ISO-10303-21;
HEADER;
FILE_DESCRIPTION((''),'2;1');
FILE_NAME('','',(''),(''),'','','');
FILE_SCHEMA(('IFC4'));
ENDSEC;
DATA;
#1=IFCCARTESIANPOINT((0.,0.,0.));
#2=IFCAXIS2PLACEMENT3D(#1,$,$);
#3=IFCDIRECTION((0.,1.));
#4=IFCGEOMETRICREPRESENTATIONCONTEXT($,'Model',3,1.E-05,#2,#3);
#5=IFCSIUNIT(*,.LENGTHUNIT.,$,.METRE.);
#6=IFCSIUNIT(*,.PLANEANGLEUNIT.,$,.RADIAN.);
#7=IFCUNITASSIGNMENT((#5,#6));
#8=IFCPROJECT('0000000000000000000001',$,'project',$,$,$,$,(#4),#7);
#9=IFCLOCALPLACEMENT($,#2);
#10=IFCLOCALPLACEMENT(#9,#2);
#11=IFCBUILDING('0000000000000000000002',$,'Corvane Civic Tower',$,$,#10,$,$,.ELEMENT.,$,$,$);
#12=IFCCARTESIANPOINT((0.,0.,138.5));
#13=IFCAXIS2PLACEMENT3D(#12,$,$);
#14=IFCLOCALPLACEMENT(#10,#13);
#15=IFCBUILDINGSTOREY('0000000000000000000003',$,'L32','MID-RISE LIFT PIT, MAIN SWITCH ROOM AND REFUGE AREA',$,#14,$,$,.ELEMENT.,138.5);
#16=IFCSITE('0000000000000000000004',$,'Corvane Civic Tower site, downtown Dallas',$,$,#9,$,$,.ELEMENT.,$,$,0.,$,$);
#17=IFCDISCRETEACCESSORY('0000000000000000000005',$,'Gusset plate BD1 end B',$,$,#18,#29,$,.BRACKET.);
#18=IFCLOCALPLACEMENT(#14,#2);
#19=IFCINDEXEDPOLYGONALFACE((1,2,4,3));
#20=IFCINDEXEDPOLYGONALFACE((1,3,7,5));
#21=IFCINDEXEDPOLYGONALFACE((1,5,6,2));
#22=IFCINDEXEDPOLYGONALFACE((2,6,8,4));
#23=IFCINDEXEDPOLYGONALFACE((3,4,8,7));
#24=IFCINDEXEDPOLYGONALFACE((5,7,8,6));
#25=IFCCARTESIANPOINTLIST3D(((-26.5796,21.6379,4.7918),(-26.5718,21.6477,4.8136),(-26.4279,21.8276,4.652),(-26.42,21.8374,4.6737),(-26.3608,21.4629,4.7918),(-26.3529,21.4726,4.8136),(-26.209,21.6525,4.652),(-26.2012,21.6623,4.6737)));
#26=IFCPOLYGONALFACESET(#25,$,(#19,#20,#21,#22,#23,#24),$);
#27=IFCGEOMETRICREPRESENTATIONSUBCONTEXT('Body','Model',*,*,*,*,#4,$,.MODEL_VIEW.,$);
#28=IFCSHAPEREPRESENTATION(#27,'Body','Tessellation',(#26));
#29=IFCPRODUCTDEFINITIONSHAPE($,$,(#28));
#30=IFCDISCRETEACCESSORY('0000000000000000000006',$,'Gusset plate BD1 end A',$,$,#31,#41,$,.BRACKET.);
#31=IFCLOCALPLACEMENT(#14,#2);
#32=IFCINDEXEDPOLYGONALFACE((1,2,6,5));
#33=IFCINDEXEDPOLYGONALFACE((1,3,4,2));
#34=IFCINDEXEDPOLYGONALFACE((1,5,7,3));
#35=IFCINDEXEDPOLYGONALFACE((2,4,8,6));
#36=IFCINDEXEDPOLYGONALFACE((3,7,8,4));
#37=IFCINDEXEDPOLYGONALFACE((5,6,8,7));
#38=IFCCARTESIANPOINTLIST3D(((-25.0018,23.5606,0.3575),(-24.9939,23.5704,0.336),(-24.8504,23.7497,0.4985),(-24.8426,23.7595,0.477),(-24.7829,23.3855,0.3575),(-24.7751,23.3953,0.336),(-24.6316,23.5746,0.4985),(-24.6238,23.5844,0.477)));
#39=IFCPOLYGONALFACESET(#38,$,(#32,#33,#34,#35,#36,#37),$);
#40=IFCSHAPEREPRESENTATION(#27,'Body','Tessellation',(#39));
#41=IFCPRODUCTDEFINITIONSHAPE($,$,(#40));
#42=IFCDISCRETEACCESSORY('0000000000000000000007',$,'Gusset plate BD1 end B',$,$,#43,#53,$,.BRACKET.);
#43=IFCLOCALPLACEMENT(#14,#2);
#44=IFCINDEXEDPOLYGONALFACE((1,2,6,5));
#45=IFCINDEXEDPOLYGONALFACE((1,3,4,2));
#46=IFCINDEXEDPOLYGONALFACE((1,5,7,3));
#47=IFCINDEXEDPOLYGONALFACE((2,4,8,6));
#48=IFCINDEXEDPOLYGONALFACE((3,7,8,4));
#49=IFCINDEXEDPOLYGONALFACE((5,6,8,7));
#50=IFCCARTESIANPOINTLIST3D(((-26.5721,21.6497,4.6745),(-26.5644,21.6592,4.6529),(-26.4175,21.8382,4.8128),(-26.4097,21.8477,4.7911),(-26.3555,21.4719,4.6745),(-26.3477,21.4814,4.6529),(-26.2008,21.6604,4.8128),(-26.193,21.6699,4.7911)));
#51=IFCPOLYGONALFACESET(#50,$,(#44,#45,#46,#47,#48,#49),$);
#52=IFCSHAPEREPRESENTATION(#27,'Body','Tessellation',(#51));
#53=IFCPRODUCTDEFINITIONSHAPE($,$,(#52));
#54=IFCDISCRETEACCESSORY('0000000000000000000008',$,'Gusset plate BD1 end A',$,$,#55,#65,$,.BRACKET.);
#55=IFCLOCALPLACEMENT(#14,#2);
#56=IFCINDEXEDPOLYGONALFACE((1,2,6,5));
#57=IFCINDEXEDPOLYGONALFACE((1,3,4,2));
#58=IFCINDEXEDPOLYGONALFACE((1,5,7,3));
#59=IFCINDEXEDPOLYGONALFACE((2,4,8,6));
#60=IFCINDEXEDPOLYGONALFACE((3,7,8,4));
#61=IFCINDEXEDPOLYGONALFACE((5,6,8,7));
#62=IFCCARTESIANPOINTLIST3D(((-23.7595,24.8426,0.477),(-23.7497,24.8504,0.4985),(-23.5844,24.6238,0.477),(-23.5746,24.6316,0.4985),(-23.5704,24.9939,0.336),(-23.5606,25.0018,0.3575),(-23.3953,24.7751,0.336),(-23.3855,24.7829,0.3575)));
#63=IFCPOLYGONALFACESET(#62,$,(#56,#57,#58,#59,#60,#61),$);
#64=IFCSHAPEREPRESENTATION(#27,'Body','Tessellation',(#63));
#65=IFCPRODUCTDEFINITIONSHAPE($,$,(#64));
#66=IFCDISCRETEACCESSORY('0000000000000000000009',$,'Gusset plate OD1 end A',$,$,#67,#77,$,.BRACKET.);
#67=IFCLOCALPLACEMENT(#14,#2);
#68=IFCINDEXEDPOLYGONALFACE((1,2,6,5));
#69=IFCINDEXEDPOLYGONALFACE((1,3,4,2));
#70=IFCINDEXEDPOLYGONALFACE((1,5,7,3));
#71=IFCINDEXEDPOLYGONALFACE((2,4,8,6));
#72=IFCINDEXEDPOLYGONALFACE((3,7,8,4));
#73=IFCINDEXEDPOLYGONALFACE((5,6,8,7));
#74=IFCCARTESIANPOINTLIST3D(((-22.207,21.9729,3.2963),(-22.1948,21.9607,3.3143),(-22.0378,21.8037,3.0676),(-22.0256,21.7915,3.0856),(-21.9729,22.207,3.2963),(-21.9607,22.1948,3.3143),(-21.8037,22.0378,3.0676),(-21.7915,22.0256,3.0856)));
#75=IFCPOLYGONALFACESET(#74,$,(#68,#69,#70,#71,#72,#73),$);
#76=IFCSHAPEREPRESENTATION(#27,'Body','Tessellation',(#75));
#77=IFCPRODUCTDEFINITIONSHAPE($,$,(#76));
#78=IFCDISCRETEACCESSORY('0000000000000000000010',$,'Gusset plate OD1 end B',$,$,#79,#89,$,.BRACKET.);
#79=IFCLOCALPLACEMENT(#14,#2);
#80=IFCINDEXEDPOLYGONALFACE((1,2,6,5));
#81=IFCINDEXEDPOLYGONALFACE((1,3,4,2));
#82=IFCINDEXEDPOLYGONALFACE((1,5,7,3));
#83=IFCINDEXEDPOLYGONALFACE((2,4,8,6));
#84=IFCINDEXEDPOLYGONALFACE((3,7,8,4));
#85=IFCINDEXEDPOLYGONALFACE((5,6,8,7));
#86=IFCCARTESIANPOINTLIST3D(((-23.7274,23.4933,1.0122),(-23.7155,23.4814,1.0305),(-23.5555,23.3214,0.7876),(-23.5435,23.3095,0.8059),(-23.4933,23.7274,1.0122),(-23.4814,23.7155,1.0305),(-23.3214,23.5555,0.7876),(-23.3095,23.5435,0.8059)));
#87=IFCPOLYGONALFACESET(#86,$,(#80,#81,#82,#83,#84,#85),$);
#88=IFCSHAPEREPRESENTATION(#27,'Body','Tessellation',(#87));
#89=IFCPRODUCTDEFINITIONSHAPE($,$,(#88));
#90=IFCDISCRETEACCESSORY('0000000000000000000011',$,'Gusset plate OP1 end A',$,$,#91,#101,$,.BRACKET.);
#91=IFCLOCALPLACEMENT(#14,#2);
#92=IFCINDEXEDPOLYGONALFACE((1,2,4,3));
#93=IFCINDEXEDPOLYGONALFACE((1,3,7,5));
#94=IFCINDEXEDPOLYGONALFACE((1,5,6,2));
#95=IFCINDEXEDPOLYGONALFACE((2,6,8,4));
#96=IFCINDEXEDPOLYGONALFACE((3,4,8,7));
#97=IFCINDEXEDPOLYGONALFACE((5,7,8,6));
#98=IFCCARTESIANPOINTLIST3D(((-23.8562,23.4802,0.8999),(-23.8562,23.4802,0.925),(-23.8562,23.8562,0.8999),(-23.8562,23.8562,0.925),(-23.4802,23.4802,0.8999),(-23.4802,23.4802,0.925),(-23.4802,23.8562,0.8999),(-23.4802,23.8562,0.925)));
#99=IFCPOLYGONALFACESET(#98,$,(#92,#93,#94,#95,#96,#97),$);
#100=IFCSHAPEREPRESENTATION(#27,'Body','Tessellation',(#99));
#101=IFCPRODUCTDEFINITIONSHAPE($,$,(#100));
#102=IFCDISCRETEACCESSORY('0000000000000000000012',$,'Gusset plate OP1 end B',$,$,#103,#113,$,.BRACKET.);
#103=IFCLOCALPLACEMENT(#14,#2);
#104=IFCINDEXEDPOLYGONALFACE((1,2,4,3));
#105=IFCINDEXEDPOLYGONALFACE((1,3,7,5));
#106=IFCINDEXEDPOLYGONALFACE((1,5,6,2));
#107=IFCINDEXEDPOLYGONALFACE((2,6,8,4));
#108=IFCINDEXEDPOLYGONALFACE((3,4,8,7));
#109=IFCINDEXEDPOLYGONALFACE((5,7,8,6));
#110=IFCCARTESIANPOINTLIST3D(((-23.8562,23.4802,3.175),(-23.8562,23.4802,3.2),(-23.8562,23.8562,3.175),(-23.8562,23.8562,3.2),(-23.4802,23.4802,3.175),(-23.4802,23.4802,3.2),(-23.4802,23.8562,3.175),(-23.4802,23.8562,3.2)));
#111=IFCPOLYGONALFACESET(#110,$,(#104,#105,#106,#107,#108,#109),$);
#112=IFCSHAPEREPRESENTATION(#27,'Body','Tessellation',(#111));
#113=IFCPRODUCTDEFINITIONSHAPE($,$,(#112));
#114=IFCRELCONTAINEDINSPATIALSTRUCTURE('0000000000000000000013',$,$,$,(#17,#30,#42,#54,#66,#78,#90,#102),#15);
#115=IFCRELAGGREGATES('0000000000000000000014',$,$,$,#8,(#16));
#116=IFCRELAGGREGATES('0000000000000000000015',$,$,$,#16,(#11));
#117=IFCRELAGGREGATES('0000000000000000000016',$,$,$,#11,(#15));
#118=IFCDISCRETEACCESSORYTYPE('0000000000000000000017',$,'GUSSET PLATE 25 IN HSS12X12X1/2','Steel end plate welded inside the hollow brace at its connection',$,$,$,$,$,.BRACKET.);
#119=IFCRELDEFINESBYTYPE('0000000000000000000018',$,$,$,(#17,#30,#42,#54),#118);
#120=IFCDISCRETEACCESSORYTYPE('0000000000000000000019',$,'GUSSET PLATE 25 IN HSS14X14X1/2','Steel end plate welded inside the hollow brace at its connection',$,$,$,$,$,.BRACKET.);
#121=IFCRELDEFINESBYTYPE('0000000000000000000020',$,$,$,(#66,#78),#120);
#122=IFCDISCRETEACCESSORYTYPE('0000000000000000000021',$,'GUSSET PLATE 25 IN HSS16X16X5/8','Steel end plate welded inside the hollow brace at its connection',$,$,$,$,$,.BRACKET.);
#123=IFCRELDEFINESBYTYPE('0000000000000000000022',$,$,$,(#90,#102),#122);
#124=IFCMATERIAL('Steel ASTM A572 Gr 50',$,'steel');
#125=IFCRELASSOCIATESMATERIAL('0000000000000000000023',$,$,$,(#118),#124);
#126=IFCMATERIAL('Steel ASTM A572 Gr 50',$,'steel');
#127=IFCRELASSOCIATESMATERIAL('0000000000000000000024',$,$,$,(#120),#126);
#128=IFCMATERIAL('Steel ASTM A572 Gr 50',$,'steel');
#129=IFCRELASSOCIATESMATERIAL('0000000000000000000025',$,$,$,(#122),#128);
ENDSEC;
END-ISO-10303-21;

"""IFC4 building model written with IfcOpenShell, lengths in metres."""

from ifc_helpers import new_model, si_unit, direction, frame, origin, origin_2d, place, context, subcontext, project, spatial, rectangle, extrude, material, material_profile, profile_set, type_object, element, save


model = new_model("IFC4")

# Units and contexts
model_context = context("Model", 3, precision=1e-05, world=origin(), true_north=direction((0.0, 1.0)))
body_context = subcontext(model_context, "Body", "Model", "MODEL_VIEW")
ifc_project = project(units=[si_unit("LENGTHUNIT", "METRE"), si_unit("PLANEANGLEUNIT", "RADIAN")], contexts=[model_context])

# Site, building, storey
site_placement = place(None, origin())
site = spatial("IfcSite", under=ifc_project, at=site_placement, Name="Corvane Civic Tower site, downtown Dallas", CompositionType="ELEMENT", RefElevation=0.0)
building_placement = place(site_placement, origin())
building = spatial("IfcBuilding", under=site, at=building_placement, Name="Corvane Civic Tower", CompositionType="ELEMENT")
storey_placement = place(building_placement, frame((0.0, 0.0, 138.5)))
storey = spatial("IfcBuildingStorey", under=building, at=storey_placement, Name="L32", Description="MID-RISE LIFT PIT, MAIN SWITCH ROOM AND REFUGE AREA", CompositionType="ELEMENT", Elevation=138.5)

# Discrete accessories
ifc_material_1 = material(Name="Steel ASTM A572 Gr 50", Category="steel")
ifc_material_profile_1 = material_profile(ifc_material_1, rectangle(XDim=0.2803, YDim=0.2803, at=origin_2d()), Name="GUSSET PLATE 25 IN HSS12X12X1/2")
ifc_profile_set_1 = profile_set([ifc_material_profile_1], Name="Steel ASTM A572 Gr 50")
discrete_accessory_type_1 = type_object("IfcDiscreteAccessoryType", Name="GUSSET PLATE 25 IN HSS12X12X1/2", Description="Steel end plate welded inside the hollow brace at its connection", PredefinedType="BRACKET", material=ifc_profile_set_1)
discrete_accessory_1_placement = place(storey_placement, frame((-26.3865, 21.655, 4.7437), z_axis=(-0.311621, -0.389526, -0.866696), x_axis=(0.780869, -0.624695, 0.0)))
element("IfcDiscreteAccessory", 1, at=discrete_accessory_1_placement, inside=storey, type_object=discrete_accessory_type_1, Name="Gusset plate BD1 end B", PredefinedType="BRACKET", context=body_context, shape_type="SweptSolid", body=[
    extrude(rectangle(XDim=0.2803, YDim=0.2803, at=origin_2d()), origin(), (0.0, 0.0, 1.0), 0.0251),
])
for number, where, z_axis, x_axis, name in (
    (2, (-24.8088, 23.5774, 0.4065), (-0.31427, -0.392837, 0.864242), (0.780869, -0.624695, 0.0), "Gusset plate BD1 end A"),
    (3, (-26.3865, 21.655, 4.7437), (0.312795, 0.381219, -0.869961), (-0.773073, 0.634317, 0.0), "Gusset plate BD1 end B"),
    (4, (-23.5774, 24.8088, 0.4065), (0.392837, 0.31427, 0.864242), (-0.624695, 0.780869, 0.0), "Gusset plate BD1 end A"),
):
    element("IfcDiscreteAccessory", number, at=place(storey_placement, frame(where, z_axis=z_axis, x_axis=x_axis)), inside=storey, type_object=discrete_accessory_type_1, Name=name, PredefinedType="BRACKET", context=body_context, shape_type="SweptSolid", body=[
        extrude(rectangle(XDim=0.2803, YDim=0.2803, at=origin_2d()), origin(), (0.0, 0.0, 1.0), 0.0249),
    ])
ifc_material_2 = material(Name="Steel ASTM A572 Gr 50", Category="steel")
ifc_material_profile_2 = material_profile(ifc_material_2, rectangle(XDim=0.3311, YDim=0.3311, at=origin_2d()), Name="GUSSET PLATE 25 IN HSS14X14X1/2")
ifc_profile_set_2 = profile_set([ifc_material_profile_2], Name="Steel ASTM A572 Gr 50")
discrete_accessory_type_2 = type_object("IfcDiscreteAccessoryType", Name="GUSSET PLATE 25 IN HSS14X14X1/2", Description="Steel end plate welded inside the hollow brace at its connection", PredefinedType="BRACKET", material=ifc_profile_set_2)
for number, where, z_axis, x_axis, name in (
    (5, (-21.9932, 21.9932, 3.2), (-0.488509, 0.488509, -0.722993), (-0.707107, -0.707107, 0.0), "Gusset plate OD1 end A"),
    (6, (-23.5244, 23.5244, 0.8999), (0.479862, -0.479862, 0.734483), (0.707107, 0.707107, 0.0), "Gusset plate OD1 end B"),
):
    element("IfcDiscreteAccessory", number, at=place(storey_placement, frame(where, z_axis=z_axis, x_axis=x_axis)), inside=storey, type_object=discrete_accessory_type_2, Name=name, PredefinedType="BRACKET", context=body_context, shape_type="SweptSolid", body=[
        extrude(rectangle(XDim=0.3311, YDim=0.3311, at=origin_2d()), origin(), (0.0, 0.0, 1.0), 0.0249),
    ])
ifc_material_3 = material(Name="Steel ASTM A572 Gr 50", Category="steel")
ifc_material_profile_3 = material_profile(ifc_material_3, rectangle(XDim=0.376, YDim=0.376, at=origin_2d()), Name="GUSSET PLATE 25 IN HSS16X16X5/8")
ifc_profile_set_3 = profile_set([ifc_material_profile_3], Name="Steel ASTM A572 Gr 50")
discrete_accessory_type_3 = type_object("IfcDiscreteAccessoryType", Name="GUSSET PLATE 25 IN HSS16X16X5/8", Description="Steel end plate welded inside the hollow brace at its connection", PredefinedType="BRACKET", material=ifc_profile_set_3)
discrete_accessory_2_placement = place(storey_placement, frame((-23.6682, 23.6682, 0.8999), z_axis=(0.0, 0.0, 1.0), x_axis=(1.0, 0.0, 0.0)))
element("IfcDiscreteAccessory", 7, at=discrete_accessory_2_placement, inside=storey, type_object=discrete_accessory_type_3, Name="Gusset plate OP1 end A", PredefinedType="BRACKET", context=body_context, shape_type="SweptSolid", body=[
    extrude(rectangle(XDim=0.376, YDim=0.376, at=origin_2d()), origin(), (0.0, 0.0, 1.0), 0.0251),
])
discrete_accessory_3_placement = place(storey_placement, frame((-23.6682, 23.6682, 3.2), z_axis=(0.0, 0.0, -1.0), x_axis=(1.0, 0.0, 0.0)))
element("IfcDiscreteAccessory", 8, at=discrete_accessory_3_placement, inside=storey, type_object=discrete_accessory_type_3, Name="Gusset plate OP1 end B", PredefinedType="BRACKET", context=body_context, shape_type="SweptSolid", body=[
    extrude(rectangle(XDim=0.376, YDim=0.376, at=origin_2d()), origin(), (0.0, 0.0, 1.0), 0.0249),
])

save(model, "model.ifc")
